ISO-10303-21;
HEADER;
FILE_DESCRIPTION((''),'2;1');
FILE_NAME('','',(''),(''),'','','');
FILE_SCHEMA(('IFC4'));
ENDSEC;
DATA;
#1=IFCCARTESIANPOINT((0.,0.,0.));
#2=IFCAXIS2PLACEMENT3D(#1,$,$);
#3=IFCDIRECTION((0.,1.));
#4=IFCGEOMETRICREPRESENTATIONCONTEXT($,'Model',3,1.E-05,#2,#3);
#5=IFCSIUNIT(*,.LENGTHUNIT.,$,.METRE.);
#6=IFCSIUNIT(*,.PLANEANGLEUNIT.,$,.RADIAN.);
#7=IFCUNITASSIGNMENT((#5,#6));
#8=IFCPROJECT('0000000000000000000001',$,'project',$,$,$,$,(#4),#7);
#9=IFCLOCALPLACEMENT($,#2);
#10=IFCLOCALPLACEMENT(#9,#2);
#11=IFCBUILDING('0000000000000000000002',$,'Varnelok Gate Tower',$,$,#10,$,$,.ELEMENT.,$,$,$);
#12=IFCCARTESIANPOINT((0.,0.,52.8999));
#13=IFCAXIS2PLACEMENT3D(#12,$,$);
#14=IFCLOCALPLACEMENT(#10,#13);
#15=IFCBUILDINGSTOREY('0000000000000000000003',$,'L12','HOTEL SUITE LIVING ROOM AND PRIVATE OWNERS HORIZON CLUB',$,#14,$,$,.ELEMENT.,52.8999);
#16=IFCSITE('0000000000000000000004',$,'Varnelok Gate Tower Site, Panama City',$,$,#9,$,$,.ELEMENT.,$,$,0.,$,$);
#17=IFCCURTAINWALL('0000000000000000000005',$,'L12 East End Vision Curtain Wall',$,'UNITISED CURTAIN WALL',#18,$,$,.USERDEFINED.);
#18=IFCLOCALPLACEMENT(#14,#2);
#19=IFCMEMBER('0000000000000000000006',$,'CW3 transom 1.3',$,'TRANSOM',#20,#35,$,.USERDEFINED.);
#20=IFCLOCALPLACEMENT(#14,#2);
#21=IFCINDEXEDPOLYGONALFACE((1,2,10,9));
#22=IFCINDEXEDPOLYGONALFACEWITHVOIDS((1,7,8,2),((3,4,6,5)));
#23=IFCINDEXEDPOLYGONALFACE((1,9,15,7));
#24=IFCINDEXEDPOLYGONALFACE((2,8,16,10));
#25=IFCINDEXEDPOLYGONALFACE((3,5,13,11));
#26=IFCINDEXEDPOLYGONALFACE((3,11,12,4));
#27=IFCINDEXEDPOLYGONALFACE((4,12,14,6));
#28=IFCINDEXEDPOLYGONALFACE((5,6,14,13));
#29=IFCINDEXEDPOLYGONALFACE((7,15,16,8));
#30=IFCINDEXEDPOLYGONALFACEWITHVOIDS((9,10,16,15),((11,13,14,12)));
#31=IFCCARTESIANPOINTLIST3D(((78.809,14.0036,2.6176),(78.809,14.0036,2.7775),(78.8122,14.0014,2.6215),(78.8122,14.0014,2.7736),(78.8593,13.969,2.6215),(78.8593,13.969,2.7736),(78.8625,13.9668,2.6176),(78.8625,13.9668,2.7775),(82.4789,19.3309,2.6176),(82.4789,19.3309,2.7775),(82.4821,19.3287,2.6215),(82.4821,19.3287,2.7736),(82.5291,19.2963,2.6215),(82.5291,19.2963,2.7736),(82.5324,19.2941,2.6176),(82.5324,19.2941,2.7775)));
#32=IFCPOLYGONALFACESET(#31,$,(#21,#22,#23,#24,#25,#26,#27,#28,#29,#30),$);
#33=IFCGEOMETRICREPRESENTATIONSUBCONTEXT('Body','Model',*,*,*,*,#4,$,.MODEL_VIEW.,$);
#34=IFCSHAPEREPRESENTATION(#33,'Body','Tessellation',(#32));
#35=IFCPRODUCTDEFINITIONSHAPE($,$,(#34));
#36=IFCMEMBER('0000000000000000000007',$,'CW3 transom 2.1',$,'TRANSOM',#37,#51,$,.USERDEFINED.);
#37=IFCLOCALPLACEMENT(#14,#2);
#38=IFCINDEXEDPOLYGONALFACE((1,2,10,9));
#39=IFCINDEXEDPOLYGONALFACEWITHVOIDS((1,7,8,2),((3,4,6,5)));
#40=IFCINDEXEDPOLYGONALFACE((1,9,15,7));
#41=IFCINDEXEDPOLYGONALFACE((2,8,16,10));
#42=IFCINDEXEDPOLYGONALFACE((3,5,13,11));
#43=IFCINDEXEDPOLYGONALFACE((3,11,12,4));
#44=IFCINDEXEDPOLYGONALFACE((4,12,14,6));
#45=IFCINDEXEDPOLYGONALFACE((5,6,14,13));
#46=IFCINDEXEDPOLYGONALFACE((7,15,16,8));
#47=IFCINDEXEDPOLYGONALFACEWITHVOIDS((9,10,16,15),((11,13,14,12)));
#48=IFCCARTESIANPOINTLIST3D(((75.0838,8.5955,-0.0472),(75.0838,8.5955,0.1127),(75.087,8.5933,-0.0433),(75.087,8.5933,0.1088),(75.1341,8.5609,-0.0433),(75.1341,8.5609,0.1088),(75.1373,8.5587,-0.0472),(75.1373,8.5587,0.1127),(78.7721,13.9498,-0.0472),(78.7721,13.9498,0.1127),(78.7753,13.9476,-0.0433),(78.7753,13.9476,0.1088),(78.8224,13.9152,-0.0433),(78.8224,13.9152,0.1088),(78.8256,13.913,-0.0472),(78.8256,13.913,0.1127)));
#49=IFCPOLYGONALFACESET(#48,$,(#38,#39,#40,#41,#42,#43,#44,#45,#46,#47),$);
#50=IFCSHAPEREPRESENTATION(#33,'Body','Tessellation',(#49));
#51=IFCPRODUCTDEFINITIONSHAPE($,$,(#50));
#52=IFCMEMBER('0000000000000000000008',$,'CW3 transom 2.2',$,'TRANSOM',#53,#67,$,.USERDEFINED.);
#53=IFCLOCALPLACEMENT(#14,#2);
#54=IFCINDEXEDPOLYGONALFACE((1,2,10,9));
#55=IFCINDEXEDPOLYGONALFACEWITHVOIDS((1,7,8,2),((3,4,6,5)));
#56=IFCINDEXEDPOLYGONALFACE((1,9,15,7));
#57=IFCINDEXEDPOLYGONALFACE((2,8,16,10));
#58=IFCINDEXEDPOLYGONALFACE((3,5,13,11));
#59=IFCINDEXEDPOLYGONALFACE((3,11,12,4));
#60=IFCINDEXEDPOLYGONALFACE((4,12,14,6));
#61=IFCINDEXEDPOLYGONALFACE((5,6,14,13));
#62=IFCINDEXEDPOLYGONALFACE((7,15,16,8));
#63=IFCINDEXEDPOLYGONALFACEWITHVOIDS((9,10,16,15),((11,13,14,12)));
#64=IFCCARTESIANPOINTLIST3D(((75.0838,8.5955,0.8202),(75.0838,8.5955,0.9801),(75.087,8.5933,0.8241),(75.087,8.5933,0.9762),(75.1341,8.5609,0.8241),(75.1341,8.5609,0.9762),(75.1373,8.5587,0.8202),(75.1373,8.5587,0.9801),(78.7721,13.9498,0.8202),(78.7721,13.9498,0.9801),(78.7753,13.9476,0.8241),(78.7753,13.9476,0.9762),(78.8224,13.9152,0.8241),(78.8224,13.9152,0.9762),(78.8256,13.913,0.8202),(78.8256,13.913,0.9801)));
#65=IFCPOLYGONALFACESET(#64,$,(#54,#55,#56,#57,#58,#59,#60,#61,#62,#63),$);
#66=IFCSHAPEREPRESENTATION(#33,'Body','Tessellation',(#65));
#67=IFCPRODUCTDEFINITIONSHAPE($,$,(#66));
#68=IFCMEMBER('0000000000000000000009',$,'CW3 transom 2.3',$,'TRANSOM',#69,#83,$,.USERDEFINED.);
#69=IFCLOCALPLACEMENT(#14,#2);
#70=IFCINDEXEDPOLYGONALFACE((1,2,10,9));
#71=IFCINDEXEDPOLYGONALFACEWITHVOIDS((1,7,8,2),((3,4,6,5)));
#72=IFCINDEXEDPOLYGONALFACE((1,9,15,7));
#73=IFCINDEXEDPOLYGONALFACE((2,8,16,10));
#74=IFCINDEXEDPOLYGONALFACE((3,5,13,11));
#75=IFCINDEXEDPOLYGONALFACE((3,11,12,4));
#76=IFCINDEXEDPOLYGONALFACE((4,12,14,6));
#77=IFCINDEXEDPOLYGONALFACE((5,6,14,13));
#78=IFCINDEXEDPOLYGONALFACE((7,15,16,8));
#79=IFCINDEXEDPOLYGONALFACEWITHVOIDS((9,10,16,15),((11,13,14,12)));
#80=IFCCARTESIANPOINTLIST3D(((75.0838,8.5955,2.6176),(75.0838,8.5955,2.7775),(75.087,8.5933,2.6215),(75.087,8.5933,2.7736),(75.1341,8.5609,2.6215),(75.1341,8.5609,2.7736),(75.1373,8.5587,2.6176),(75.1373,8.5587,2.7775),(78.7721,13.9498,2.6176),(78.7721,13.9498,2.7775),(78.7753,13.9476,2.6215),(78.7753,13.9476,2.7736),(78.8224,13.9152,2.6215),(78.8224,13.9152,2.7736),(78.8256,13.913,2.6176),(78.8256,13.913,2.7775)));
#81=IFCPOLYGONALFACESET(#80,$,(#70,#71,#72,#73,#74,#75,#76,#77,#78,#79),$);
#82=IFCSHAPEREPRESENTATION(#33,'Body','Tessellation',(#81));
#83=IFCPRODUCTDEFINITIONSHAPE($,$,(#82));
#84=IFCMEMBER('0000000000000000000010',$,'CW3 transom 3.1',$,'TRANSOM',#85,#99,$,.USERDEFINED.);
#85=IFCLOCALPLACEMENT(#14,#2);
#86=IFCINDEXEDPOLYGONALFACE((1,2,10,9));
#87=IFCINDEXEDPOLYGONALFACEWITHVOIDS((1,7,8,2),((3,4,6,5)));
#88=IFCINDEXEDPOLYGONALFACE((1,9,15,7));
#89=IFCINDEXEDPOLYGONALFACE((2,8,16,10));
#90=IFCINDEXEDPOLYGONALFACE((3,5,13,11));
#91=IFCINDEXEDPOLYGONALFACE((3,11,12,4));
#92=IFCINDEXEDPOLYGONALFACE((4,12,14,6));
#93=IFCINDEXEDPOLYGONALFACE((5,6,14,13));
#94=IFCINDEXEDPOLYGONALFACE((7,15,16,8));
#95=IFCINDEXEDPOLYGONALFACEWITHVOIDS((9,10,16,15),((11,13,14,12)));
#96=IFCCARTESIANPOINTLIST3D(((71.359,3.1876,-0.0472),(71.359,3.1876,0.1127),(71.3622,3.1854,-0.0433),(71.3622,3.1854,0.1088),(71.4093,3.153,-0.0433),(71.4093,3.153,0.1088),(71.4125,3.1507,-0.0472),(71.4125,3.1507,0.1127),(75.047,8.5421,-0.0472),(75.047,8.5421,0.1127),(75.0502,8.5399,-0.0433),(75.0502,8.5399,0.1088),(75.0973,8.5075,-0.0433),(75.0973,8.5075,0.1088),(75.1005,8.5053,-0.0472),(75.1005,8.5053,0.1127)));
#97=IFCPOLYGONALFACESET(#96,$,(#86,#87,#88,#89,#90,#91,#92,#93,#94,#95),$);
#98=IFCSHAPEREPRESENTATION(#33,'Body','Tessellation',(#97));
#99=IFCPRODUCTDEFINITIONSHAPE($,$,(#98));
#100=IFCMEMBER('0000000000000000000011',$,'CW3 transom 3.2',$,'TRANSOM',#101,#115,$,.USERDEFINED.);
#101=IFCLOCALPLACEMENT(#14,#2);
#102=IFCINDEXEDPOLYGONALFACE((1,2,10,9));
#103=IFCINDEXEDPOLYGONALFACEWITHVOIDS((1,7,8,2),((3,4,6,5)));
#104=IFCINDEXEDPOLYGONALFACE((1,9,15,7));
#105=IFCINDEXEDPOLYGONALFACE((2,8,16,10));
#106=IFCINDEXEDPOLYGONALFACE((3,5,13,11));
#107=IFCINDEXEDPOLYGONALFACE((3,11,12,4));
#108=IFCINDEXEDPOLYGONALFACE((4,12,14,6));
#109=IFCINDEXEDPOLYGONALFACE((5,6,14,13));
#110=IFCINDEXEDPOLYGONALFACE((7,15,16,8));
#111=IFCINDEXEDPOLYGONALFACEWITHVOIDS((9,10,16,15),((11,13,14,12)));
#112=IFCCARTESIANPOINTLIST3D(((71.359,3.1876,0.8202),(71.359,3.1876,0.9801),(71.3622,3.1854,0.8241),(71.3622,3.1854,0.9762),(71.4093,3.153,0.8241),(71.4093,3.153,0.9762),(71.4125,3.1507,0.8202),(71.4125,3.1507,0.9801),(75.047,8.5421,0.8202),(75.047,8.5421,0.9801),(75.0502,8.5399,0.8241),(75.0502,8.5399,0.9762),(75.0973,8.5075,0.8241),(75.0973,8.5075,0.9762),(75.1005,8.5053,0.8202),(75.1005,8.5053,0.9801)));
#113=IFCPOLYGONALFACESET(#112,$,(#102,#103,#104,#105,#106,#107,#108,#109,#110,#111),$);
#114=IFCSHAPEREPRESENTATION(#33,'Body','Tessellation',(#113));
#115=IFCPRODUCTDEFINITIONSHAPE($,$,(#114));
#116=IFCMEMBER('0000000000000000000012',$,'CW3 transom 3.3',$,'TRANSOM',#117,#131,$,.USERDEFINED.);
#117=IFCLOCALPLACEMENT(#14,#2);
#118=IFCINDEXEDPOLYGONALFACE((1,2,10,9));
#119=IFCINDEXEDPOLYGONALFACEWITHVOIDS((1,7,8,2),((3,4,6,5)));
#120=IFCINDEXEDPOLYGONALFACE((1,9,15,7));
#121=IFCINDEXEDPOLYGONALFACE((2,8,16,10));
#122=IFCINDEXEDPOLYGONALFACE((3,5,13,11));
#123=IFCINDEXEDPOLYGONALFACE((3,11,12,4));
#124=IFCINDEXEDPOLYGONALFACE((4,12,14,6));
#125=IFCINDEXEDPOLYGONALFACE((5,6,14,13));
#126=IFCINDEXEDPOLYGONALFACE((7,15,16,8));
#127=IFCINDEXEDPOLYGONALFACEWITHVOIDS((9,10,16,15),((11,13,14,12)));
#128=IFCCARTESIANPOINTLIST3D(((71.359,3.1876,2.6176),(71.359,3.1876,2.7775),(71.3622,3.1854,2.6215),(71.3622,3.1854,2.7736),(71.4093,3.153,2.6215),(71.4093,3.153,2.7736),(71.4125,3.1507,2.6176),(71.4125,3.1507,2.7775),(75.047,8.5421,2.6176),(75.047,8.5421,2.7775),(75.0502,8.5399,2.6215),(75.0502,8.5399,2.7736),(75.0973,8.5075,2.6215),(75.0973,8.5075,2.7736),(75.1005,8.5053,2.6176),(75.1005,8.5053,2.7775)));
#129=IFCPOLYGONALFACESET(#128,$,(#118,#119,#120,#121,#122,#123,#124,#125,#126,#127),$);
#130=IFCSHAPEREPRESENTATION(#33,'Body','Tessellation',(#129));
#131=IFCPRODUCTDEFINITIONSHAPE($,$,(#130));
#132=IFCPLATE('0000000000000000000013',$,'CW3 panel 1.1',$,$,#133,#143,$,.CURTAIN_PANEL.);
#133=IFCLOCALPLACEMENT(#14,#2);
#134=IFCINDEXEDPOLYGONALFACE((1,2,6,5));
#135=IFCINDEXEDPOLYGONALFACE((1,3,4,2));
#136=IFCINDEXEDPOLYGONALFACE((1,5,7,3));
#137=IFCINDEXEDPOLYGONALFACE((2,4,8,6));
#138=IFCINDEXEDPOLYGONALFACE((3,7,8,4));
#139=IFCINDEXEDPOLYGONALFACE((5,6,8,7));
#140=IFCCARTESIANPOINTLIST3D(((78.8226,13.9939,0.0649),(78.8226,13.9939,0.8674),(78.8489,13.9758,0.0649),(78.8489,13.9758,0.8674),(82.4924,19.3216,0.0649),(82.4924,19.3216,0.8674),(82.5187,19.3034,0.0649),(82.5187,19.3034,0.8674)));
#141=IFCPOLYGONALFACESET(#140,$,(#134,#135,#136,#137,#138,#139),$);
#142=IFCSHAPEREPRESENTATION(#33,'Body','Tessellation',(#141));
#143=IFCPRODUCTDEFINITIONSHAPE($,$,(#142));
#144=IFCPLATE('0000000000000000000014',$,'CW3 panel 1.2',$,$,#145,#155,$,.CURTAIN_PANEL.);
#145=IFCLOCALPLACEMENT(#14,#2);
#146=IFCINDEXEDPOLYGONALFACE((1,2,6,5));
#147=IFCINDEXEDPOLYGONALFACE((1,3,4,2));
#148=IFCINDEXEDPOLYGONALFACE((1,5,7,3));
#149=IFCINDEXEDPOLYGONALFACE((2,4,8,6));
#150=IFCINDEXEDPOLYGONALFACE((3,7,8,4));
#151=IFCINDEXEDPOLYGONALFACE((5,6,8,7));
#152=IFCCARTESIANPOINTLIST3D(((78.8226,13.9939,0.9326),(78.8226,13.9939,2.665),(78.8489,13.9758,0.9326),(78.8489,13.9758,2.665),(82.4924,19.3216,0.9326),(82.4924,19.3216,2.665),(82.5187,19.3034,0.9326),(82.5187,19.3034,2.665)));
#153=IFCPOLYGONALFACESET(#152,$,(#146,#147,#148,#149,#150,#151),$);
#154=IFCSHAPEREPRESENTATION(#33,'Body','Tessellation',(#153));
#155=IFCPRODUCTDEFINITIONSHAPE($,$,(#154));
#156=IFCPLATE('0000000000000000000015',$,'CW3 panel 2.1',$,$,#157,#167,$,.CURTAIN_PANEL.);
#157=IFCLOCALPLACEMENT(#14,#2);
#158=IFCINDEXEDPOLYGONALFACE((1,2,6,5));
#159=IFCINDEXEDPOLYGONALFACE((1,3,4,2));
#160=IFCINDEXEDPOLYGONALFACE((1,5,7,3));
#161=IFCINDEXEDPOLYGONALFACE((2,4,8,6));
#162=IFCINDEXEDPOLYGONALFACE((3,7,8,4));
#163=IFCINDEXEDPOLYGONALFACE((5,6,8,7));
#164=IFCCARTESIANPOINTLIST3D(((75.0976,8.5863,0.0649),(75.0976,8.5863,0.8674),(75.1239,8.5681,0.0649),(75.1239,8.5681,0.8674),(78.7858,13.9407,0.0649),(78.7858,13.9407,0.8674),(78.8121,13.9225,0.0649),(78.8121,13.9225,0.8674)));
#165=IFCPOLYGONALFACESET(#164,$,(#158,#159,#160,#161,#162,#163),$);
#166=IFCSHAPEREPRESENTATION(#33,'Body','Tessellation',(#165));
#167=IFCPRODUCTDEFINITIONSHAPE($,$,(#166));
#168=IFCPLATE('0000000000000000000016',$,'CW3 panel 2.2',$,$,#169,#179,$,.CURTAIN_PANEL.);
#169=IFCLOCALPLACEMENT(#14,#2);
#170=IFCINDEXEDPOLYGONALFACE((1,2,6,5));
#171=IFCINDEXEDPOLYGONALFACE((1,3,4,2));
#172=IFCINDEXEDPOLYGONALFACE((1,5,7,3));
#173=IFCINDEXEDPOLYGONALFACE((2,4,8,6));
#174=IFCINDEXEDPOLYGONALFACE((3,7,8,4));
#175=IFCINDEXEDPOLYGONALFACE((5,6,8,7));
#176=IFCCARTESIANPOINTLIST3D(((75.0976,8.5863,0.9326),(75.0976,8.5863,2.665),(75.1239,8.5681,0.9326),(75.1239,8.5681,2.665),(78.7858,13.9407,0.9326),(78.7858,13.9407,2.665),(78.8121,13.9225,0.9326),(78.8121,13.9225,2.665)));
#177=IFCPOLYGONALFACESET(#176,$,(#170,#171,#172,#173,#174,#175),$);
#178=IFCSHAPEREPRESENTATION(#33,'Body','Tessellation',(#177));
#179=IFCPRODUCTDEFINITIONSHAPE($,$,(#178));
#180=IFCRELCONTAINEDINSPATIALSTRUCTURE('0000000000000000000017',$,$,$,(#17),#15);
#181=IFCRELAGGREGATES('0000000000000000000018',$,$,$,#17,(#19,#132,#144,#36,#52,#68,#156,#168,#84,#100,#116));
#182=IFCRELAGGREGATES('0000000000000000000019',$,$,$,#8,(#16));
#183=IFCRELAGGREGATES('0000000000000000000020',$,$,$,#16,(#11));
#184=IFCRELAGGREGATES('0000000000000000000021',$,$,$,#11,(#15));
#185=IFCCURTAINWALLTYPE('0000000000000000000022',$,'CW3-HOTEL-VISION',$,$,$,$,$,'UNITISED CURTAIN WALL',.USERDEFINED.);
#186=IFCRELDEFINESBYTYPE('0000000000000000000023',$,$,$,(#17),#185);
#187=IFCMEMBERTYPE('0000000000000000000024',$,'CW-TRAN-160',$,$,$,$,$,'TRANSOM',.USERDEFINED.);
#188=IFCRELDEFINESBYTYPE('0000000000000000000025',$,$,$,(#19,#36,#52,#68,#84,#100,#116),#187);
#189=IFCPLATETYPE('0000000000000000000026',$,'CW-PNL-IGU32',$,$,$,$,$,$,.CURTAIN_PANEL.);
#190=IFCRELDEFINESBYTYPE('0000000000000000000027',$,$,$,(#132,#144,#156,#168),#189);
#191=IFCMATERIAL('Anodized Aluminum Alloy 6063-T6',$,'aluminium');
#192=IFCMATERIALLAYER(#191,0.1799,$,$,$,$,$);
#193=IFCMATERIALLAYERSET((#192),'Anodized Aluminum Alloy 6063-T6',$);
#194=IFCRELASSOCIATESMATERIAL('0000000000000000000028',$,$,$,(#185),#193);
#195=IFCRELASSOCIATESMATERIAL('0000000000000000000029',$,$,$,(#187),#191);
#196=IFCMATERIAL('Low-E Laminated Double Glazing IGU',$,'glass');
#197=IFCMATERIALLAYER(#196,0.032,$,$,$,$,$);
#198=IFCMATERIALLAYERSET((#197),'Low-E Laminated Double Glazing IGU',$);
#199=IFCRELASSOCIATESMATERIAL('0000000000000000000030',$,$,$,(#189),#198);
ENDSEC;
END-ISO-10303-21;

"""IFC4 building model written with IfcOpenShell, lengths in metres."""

from ifc_helpers import new_model, si_unit, direction, frame, origin, origin_2d, place, context, subcontext, project, spatial, rectangle, hollow_rectangle, extrude, source, transform, mapped, material, layer, layer_set, material_profile, profile_set, type_object, element, aggregate, save


model = new_model("IFC4")

# Units and contexts
model_context = context("Model", 3, precision=1e-05, world=origin(), true_north=direction((0.0, 1.0)))
body_context = subcontext(model_context, "Body", "Model", "MODEL_VIEW")
ifc_project = project(units=[si_unit("LENGTHUNIT", "METRE"), si_unit("PLANEANGLEUNIT", "RADIAN")], contexts=[model_context])

# Site, building, storey
site_placement = place(None, origin())
site = spatial("IfcSite", under=ifc_project, at=site_placement, Name="Varnelok Gate Tower Site, Panama City", CompositionType="ELEMENT", RefElevation=0.0)
building_placement = place(site_placement, origin())
building = spatial("IfcBuilding", under=site, at=building_placement, Name="Varnelok Gate Tower", CompositionType="ELEMENT")
storey_placement = place(building_placement, frame((0.0, 0.0, 52.8999)))
storey = spatial("IfcBuildingStorey", under=building, at=storey_placement, Name="L12", Description="HOTEL SUITE LIVING ROOM AND PRIVATE OWNERS HORIZON CLUB", CompositionType="ELEMENT", Elevation=52.8999)

# Curtain wall, members, plates
ifc_material_1 = material(Name="Anodized Aluminum Alloy 6063-T6", Category="aluminium")
ifc_layer_1 = layer(ifc_material_1, 0.1799)
ifc_layer_set_1 = layer_set([ifc_layer_1], Name="Anodized Aluminum Alloy 6063-T6")
curtain_wall_type = type_object("IfcCurtainWallType", Name="CW3-HOTEL-VISION", ElementType="UNITISED CURTAIN WALL", PredefinedType="USERDEFINED", material=ifc_layer_set_1)
curtain_wall_placement = place(storey_placement, origin())
curtain_wall = element("IfcCurtainWall", 1, at=curtain_wall_placement, inside=storey, type_object=curtain_wall_type, Name="L12 East End Vision Curtain Wall", ObjectType="UNITISED CURTAIN WALL", PredefinedType="USERDEFINED")
ifc_material_profile_1 = material_profile(ifc_material_1, hollow_rectangle(XDim=0.0649, YDim=0.1599, WallThickness=0.0039, at=origin_2d()), Name="ALU160X65X4")
ifc_profile_set_1 = profile_set([ifc_material_profile_1], Name="Anodized Aluminum Alloy 6063-T6")
member_type_1 = type_object("IfcMemberType", Name="CW-TRAN-160", ElementType="TRANSOM", PredefinedType="USERDEFINED", material=ifc_profile_set_1)
member_1_placement = place(storey_placement, frame((82.5056, 19.3125, 2.6975), z_axis=(-0.567299, -0.823512, 0.0), x_axis=(0.823512, -0.567299, 0.0)))
member_1 = element("IfcMember", 2, at=member_1_placement, type_object=member_type_1, Name="CW3 transom 1.3", ObjectType="TRANSOM", PredefinedType="USERDEFINED", context=body_context, shape_type="SweptSolid", body=[
    extrude(hollow_rectangle(XDim=0.0649, YDim=0.1599, WallThickness=0.0039, at=origin_2d()), origin(), (0.0, 0.0, 1.0), 6.469),
])
member_2_placement = place(storey_placement, frame((78.7988, 13.9314, 0.0327), z_axis=(-0.567279, -0.823526, 0.0), x_axis=(0.823526, -0.567279, 0.0)))
member_2 = element("IfcMember", 3, at=member_2_placement, type_object=member_type_1, Name="CW3 transom 2.1", ObjectType="TRANSOM", PredefinedType="USERDEFINED", context=body_context, shape_type="SweptSolid", body=[
    extrude(hollow_rectangle(XDim=0.0649, YDim=0.1599, WallThickness=0.0039, at=origin_2d()), origin(), (0.0, 0.0, 1.0), 6.5017),
])
member_3_placement = place(storey_placement, frame((78.7988, 13.9314, 0.9001), z_axis=(-0.567279, -0.823526, 0.0), x_axis=(0.823526, -0.567279, 0.0)))
member_3 = element("IfcMember", 4, at=member_3_placement, type_object=member_type_1, Name="CW3 transom 2.2", ObjectType="TRANSOM", PredefinedType="USERDEFINED", context=body_context, shape_type="SweptSolid", body=[
    extrude(hollow_rectangle(XDim=0.0649, YDim=0.1599, WallThickness=0.0039, at=origin_2d()), origin(), (0.0, 0.0, 1.0), 6.5017),
])
member_4_placement = place(storey_placement, frame((78.7988, 13.9314, 2.6975), z_axis=(-0.567279, -0.823526, 0.0), x_axis=(0.823526, -0.567279, 0.0)))
member_4 = element("IfcMember", 5, at=member_4_placement, type_object=member_type_1, Name="CW3 transom 2.3", ObjectType="TRANSOM", PredefinedType="USERDEFINED", context=body_context, shape_type="SweptSolid", body=[
    extrude(hollow_rectangle(XDim=0.0649, YDim=0.1599, WallThickness=0.0039, at=origin_2d()), origin(), (0.0, 0.0, 1.0), 6.5017),
])
member_5_placement = place(storey_placement, frame((75.0737, 8.5237, 0.0327), z_axis=(-0.567236, -0.823555, 0.0), x_axis=(0.823555, -0.567236, 0.0)))
member_5 = element("IfcMember", 6, at=member_5_placement, type_object=member_type_1, Name="CW3 transom 3.1", ObjectType="TRANSOM", PredefinedType="USERDEFINED", context=body_context, shape_type="SweptSolid", body=[
    extrude(hollow_rectangle(XDim=0.0649, YDim=0.1599, WallThickness=0.0039, at=origin_2d()), origin(), (0.0, 0.0, 1.0), 6.5017),
])
member_6_placement = place(storey_placement, frame((75.0737, 8.5237, 0.9001), z_axis=(-0.567236, -0.823555, 0.0), x_axis=(0.823555, -0.567236, 0.0)))
member_6 = element("IfcMember", 7, at=member_6_placement, type_object=member_type_1, Name="CW3 transom 3.2", ObjectType="TRANSOM", PredefinedType="USERDEFINED", context=body_context, shape_type="SweptSolid", body=[
    extrude(hollow_rectangle(XDim=0.0649, YDim=0.1599, WallThickness=0.0039, at=origin_2d()), origin(), (0.0, 0.0, 1.0), 6.5017),
])
member_7_placement = place(storey_placement, frame((75.0737, 8.5237, 2.6975), z_axis=(-0.567236, -0.823555, 0.0), x_axis=(0.823555, -0.567236, 0.0)))
member_7 = element("IfcMember", 8, at=member_7_placement, type_object=member_type_1, Name="CW3 transom 3.3", ObjectType="TRANSOM", PredefinedType="USERDEFINED", context=body_context, shape_type="SweptSolid", body=[
    extrude(hollow_rectangle(XDim=0.0649, YDim=0.1599, WallThickness=0.0039, at=origin_2d()), origin(), (0.0, 0.0, 1.0), 6.5017),
])
ifc_material_2 = material(Name="Low-E Laminated Double Glazing IGU", Category="glass")
ifc_layer_2 = layer(ifc_material_2, 0.032)
ifc_layer_set_2 = layer_set([ifc_layer_2], Name="Low-E Laminated Double Glazing IGU")
plate_type = type_object("IfcPlateType", Name="CW-PNL-IGU32", PredefinedType="CURTAIN_PANEL", material=ifc_layer_set_2)
shared_shape_1 = source(origin(), body_context, "Body", "SweptSolid", [
    extrude(rectangle(XDim=6.4692, YDim=0.032, at=origin_2d()), origin(), (0.0, 0.0, 1.0), 0.8025),
])
plate_1_placement = place(storey_placement, frame((80.6707, 16.6487, 0.0649), z_axis=(0.0, 0.0, 1.0), x_axis=(-0.567269, -0.823533, 0.0)))
plate_1 = element("IfcPlate", 9, at=plate_1_placement, type_object=plate_type, Name="CW3 panel 1.1", PredefinedType="CURTAIN_PANEL", context=body_context, shape_type="MappedRepresentation", body=[
    mapped(shared_shape_1, transform((0.0, 0.0, 0.0), scale=1.0)),
])
shared_shape_2 = source(origin(), body_context, "Body", "SweptSolid", [
    extrude(rectangle(XDim=6.4692, YDim=0.032, at=origin_2d()), origin(), (0.0, 0.0, 1.0), 1.7324),
])
plate_2_placement = place(storey_placement, frame((80.6707, 16.6487, 0.9326), z_axis=(0.0, 0.0, 1.0), x_axis=(-0.567269, -0.823533, 0.0)))
plate_2 = element("IfcPlate", 10, at=plate_2_placement, type_object=plate_type, Name="CW3 panel 1.2", PredefinedType="CURTAIN_PANEL", context=body_context, shape_type="MappedRepresentation", body=[
    mapped(shared_shape_2, transform((0.0, 0.0, 0.0), scale=1.0)),
])
shared_shape_3 = source(origin(), body_context, "Body", "SweptSolid", [
    extrude(rectangle(XDim=6.5017, YDim=0.032, at=origin_2d()), origin(), (0.0, 0.0, 1.0), 0.8025),
])
plate_3_placement = place(storey_placement, frame((76.9548, 11.2544, 0.0649), z_axis=(0.0, 0.0, 1.0), x_axis=(-0.567269, -0.823533, 0.0)))
plate_3 = element("IfcPlate", 11, at=plate_3_placement, type_object=plate_type, Name="CW3 panel 2.1", PredefinedType="CURTAIN_PANEL", context=body_context, shape_type="MappedRepresentation", body=[
    mapped(shared_shape_3, transform((0.0, 0.0, 0.0), scale=1.0)),
])
shared_shape_4 = source(origin(), body_context, "Body", "SweptSolid", [
    extrude(rectangle(XDim=6.5017, YDim=0.032, at=origin_2d()), origin(), (0.0, 0.0, 1.0), 1.7324),
])
plate_4_placement = place(storey_placement, frame((76.9548, 11.2544, 0.9326), z_axis=(0.0, 0.0, 1.0), x_axis=(-0.567269, -0.823533, 0.0)))
plate_4 = element("IfcPlate", 12, at=plate_4_placement, type_object=plate_type, Name="CW3 panel 2.2", PredefinedType="CURTAIN_PANEL", context=body_context, shape_type="MappedRepresentation", body=[
    mapped(shared_shape_4, transform((0.0, 0.0, 0.0), scale=1.0)),
])
aggregate(curtain_wall, [member_1, plate_1, plate_2, member_2, member_3, member_4, plate_3, plate_4, member_5, member_6, member_7])

save(model, "model.ifc")
